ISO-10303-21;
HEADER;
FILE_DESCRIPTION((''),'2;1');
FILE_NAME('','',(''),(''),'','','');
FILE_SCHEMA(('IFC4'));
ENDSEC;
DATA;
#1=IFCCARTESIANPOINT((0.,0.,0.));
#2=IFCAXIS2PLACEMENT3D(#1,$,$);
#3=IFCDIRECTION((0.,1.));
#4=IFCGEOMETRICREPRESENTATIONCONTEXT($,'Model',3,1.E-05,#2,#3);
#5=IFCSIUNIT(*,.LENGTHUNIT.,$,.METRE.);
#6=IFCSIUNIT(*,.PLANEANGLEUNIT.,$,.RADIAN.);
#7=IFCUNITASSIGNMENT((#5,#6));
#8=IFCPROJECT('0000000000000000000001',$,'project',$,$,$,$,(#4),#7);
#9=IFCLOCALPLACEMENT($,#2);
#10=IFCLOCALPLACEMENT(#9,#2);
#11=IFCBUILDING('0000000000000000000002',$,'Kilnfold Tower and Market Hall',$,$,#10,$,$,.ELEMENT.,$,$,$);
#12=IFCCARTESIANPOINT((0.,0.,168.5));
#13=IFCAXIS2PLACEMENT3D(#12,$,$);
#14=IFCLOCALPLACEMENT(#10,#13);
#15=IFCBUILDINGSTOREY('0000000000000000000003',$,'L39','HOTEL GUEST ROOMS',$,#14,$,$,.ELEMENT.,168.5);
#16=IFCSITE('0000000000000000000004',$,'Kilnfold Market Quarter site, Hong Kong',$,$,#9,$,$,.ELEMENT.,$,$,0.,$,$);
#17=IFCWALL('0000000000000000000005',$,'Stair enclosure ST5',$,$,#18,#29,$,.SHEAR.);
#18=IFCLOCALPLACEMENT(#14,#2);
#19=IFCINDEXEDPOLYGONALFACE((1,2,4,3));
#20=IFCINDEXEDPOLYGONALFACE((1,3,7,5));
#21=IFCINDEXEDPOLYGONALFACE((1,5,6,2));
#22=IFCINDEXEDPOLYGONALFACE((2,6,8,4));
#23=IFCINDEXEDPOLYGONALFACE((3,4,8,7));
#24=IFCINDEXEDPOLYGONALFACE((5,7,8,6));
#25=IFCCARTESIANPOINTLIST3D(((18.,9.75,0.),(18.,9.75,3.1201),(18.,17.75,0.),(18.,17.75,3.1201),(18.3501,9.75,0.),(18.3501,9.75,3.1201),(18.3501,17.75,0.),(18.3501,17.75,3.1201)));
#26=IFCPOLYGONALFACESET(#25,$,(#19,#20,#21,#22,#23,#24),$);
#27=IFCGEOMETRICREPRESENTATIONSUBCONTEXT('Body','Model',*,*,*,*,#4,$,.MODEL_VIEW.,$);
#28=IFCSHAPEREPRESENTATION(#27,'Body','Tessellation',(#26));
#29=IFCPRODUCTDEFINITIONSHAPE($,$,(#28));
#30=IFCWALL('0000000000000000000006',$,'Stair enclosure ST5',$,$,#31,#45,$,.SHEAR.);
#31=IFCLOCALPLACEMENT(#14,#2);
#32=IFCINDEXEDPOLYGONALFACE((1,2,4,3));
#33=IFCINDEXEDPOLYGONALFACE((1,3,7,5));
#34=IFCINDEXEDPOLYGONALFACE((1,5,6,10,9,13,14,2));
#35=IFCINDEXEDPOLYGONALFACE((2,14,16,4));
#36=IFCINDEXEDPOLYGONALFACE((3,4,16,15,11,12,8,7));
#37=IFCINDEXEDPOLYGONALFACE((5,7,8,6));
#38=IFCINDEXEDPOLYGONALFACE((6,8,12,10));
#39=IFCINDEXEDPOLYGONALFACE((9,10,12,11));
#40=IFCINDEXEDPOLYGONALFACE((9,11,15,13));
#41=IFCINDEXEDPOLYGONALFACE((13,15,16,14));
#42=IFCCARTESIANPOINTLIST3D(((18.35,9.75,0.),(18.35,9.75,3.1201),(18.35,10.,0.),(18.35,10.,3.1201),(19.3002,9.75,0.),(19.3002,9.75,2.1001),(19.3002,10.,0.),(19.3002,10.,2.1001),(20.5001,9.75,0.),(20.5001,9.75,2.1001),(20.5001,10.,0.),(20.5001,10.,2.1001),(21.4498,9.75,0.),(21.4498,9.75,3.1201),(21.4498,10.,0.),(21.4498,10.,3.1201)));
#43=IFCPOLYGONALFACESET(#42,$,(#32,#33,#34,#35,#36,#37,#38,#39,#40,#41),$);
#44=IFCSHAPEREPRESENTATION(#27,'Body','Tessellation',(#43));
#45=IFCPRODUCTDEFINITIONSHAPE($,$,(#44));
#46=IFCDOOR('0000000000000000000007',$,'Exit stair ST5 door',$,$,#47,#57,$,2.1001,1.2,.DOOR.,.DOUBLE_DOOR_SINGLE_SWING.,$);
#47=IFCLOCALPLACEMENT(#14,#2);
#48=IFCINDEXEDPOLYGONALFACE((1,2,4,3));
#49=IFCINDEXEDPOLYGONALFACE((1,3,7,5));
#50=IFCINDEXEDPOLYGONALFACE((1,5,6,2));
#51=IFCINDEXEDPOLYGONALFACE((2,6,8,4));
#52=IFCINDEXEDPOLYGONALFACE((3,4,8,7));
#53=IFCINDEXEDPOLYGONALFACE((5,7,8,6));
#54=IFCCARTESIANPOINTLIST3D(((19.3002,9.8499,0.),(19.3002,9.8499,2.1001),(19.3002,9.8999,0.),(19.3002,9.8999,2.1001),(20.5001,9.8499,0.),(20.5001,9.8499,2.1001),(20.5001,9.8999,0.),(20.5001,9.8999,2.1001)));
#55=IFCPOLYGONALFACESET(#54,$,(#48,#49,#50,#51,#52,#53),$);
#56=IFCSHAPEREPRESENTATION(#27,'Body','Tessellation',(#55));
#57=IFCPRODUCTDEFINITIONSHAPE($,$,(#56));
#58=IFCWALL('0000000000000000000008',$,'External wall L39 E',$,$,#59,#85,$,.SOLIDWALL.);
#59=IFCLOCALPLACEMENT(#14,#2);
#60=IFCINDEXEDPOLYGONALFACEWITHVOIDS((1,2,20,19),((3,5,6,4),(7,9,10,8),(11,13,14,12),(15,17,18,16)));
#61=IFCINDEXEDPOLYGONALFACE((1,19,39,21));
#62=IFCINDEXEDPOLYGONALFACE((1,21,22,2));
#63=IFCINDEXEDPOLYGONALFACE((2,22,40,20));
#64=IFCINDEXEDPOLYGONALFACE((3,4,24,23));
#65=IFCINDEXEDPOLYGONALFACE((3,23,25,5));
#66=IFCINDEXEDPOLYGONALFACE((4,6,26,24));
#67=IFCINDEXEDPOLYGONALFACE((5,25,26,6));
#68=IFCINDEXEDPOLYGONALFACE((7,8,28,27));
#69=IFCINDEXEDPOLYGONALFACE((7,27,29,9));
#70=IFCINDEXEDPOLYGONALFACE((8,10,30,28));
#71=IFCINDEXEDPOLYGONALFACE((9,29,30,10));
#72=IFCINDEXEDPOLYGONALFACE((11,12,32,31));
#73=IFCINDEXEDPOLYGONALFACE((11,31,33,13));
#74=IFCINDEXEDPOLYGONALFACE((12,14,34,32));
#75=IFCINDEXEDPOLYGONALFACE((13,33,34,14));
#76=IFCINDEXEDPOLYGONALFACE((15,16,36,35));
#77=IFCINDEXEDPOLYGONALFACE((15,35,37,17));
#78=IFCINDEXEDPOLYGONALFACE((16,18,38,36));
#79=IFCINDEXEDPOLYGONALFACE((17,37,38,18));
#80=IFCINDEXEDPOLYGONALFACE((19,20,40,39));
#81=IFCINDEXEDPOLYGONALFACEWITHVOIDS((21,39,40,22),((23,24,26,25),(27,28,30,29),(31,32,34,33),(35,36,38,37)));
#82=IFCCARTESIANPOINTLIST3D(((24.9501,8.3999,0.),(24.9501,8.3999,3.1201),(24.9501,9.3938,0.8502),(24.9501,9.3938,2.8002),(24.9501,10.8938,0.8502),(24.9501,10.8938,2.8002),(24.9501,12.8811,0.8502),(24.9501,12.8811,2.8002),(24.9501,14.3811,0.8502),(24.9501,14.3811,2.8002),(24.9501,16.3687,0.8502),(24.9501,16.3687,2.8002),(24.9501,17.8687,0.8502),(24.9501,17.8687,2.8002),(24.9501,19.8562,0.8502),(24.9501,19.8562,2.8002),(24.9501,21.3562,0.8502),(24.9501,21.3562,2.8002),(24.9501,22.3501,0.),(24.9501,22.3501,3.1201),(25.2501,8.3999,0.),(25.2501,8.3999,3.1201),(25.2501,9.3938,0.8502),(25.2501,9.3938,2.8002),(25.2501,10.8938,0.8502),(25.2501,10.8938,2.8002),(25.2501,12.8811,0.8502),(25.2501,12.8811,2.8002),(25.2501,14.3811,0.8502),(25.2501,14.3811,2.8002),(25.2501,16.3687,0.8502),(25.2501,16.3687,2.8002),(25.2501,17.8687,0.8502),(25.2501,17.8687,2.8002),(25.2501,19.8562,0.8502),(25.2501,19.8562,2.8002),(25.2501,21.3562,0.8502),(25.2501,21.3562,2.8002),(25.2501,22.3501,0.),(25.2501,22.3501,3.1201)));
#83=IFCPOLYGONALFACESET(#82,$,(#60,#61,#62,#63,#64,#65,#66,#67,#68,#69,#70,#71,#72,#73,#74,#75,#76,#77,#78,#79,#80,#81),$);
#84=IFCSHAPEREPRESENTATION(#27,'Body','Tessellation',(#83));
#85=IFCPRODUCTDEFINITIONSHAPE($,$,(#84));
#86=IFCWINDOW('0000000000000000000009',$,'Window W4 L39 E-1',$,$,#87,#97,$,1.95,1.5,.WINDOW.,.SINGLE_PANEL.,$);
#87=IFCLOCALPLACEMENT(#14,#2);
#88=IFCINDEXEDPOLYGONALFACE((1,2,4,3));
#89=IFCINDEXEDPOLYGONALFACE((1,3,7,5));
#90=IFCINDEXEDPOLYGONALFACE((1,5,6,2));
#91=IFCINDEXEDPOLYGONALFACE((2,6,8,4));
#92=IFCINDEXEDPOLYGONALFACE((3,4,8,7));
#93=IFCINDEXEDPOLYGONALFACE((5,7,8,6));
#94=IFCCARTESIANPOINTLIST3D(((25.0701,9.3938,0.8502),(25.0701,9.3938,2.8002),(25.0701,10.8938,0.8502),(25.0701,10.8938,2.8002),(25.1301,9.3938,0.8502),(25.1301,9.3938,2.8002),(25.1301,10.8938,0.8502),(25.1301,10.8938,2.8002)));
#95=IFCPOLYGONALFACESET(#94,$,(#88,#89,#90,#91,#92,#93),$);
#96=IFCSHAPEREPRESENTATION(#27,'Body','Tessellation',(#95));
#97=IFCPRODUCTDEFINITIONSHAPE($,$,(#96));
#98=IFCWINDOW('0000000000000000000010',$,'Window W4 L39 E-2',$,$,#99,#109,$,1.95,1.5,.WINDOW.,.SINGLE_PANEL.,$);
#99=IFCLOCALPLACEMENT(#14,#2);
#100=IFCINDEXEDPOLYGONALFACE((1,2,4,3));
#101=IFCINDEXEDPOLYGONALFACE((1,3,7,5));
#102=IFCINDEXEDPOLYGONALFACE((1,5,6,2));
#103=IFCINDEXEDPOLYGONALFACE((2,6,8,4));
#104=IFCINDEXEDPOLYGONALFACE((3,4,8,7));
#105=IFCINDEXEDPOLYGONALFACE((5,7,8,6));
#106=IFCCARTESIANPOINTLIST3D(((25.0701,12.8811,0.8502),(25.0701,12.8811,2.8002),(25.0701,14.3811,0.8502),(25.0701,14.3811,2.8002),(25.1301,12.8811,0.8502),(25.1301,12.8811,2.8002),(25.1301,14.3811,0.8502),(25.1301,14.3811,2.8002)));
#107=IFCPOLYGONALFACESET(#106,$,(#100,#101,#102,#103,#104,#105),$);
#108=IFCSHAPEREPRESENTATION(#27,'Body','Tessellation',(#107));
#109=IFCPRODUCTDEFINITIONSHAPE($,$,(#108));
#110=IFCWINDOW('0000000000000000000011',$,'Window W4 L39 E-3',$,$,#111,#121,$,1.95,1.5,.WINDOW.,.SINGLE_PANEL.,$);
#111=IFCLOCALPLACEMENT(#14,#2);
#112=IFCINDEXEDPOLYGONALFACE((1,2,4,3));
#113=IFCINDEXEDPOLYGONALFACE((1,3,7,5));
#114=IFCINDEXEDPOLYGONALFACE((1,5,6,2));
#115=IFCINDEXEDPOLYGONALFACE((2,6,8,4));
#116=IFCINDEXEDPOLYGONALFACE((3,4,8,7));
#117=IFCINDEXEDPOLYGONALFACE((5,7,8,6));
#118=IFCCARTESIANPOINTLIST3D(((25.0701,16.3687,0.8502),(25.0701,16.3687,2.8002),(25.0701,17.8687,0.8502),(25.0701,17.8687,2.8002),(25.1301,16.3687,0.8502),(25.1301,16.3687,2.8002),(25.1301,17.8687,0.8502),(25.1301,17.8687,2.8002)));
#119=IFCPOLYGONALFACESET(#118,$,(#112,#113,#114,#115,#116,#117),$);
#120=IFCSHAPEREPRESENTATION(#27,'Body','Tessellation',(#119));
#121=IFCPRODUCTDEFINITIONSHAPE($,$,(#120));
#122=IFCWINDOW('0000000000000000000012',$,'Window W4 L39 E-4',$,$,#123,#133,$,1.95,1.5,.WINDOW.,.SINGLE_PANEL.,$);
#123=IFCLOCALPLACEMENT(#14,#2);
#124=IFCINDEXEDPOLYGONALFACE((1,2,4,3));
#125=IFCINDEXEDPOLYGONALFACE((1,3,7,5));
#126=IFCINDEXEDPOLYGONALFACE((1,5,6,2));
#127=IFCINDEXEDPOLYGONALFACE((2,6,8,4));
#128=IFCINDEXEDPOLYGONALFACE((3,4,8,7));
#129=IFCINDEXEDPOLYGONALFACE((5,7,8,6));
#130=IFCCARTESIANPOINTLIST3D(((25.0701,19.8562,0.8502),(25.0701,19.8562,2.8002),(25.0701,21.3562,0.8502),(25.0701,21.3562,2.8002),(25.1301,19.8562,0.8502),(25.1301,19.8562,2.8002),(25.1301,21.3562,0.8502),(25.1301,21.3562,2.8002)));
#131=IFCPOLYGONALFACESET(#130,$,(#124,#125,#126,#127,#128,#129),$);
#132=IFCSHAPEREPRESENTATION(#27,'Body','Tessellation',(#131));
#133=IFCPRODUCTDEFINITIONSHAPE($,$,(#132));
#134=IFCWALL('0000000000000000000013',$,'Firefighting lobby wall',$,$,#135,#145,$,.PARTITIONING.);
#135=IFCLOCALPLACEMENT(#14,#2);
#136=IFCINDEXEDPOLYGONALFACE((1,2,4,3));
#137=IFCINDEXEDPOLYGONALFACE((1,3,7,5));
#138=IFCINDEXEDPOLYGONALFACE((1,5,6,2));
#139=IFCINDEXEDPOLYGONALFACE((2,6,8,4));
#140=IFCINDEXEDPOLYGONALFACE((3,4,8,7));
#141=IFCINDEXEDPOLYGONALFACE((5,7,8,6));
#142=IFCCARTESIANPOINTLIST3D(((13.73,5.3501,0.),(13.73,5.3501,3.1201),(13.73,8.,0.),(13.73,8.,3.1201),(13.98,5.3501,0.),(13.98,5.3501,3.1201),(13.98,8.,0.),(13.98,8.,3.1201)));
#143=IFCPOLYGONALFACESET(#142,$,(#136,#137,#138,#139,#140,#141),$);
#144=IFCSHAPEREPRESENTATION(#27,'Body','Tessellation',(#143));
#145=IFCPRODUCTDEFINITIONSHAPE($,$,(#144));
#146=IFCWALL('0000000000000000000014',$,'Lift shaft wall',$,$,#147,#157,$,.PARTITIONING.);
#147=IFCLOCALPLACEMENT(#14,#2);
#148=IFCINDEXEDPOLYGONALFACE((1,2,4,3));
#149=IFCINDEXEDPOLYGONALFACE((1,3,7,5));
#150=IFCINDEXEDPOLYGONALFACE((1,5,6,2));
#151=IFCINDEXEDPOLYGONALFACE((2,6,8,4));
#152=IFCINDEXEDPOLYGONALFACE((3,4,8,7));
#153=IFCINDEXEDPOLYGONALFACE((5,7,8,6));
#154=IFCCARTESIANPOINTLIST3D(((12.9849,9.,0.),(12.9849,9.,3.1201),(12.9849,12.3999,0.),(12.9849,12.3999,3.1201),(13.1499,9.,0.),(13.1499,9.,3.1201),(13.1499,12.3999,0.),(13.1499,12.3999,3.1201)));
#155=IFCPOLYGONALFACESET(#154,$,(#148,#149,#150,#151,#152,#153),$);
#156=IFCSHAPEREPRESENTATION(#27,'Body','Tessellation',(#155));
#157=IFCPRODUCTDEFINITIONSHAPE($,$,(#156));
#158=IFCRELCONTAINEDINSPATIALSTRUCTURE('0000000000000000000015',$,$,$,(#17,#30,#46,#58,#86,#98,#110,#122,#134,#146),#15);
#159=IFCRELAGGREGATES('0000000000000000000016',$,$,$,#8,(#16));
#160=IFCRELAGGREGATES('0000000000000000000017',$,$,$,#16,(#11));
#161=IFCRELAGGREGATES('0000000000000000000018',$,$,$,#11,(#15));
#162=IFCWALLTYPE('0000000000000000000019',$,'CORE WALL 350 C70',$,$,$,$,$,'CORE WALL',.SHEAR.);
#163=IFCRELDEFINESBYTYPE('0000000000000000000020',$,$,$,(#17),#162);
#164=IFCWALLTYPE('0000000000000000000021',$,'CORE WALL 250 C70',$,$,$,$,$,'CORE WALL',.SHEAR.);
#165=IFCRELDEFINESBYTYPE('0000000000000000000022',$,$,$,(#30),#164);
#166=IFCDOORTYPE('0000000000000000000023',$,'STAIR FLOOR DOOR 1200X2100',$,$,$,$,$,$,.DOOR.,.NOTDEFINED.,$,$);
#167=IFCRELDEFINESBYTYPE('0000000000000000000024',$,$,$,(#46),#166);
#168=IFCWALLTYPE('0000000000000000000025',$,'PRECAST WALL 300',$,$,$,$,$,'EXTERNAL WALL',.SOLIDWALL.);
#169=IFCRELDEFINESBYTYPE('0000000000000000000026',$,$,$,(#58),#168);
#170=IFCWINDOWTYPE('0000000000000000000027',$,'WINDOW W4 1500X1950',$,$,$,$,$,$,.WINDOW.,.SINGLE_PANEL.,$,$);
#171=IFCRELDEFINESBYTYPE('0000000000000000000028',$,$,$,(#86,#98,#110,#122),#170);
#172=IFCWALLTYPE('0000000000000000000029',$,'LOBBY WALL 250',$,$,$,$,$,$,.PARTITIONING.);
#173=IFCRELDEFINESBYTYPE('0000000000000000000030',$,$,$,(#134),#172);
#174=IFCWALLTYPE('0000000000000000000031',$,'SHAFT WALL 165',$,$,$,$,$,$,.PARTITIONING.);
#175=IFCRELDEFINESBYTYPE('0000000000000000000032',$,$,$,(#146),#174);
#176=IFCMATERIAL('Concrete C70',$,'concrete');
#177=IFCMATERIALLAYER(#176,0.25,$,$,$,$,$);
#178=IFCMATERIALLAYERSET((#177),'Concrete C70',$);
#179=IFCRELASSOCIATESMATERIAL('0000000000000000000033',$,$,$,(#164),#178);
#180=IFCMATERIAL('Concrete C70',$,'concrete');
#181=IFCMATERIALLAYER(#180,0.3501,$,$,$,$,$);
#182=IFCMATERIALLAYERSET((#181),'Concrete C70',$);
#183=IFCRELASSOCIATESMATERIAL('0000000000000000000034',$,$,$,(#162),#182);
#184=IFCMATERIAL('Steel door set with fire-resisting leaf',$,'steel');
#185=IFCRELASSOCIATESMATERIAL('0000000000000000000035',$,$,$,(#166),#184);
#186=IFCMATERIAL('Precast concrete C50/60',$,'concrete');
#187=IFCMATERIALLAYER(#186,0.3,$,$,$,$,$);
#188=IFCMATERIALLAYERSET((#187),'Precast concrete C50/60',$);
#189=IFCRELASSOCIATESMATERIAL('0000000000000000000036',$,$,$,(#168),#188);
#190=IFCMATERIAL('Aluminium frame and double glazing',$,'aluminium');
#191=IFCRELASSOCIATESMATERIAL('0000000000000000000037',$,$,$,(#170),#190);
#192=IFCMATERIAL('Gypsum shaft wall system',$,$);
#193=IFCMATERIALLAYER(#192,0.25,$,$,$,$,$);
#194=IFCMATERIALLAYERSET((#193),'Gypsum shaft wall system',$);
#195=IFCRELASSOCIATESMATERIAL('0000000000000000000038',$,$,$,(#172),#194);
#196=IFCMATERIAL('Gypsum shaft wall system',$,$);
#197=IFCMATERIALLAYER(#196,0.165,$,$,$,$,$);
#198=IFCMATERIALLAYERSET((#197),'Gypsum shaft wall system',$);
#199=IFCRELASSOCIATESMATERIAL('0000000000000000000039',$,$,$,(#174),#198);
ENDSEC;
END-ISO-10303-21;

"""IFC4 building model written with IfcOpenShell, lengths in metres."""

from ifc_helpers import new_model, si_unit, direction, frame, frame_2d, origin, place, context, subcontext, project, spatial, rectangle, extrude, source, transform, mapped, material, layer, layer_set, type_object, element, fill, save


model = new_model("IFC4")

# Units and contexts
model_context = context("Model", 3, precision=1e-05, world=origin(), true_north=direction((0.0, 1.0)))
body_context = subcontext(model_context, "Body", "Model", "MODEL_VIEW")
ifc_project = project(units=[si_unit("LENGTHUNIT", "METRE"), si_unit("PLANEANGLEUNIT", "RADIAN")], contexts=[model_context])

# Site, building, storey
site_placement = place(None, origin())
site = spatial("IfcSite", under=ifc_project, at=site_placement, Name="Kilnfold Market Quarter site, Hong Kong", CompositionType="ELEMENT", RefElevation=0.0)
building_placement = place(site_placement, origin())
building = spatial("IfcBuilding", under=site, at=building_placement, Name="Kilnfold Tower and Market Hall", CompositionType="ELEMENT")
storey_placement = place(building_placement, frame((0.0, 0.0, 168.5)))
storey = spatial("IfcBuildingStorey", under=building, at=storey_placement, Name="L39", Description="HOTEL GUEST ROOMS", CompositionType="ELEMENT", Elevation=168.5)

# Wall
ifc_material_1 = material(Name="Concrete C70", Category="concrete")
ifc_layer_1 = layer(ifc_material_1, 0.25)
ifc_layer_set_1 = layer_set([ifc_layer_1], Name="Concrete C70")
wall_type_1 = type_object("IfcWallType", Name="CORE WALL 250 C70", ElementType="CORE WALL", PredefinedType="SHEAR", material=ifc_layer_set_1)
ifc_material_2 = material(Name="Concrete C70", Category="concrete")
ifc_layer_2 = layer(ifc_material_2, 0.3501)
ifc_layer_set_2 = layer_set([ifc_layer_2], Name="Concrete C70")
wall_type_2 = type_object("IfcWallType", Name="CORE WALL 350 C70", ElementType="CORE WALL", PredefinedType="SHEAR", material=ifc_layer_set_2)
shared_shape_1 = source(origin(), body_context, "Body", "SweptSolid", [
    extrude(rectangle(XDim=8.0, YDim=0.3501, at=frame_2d((4.0, 0.0))), origin(), (0.0, 0.0, 1.0), 3.1201),
])
wall_1_placement = place(storey_placement, frame((18.175, 9.75, 0.0), z_axis=(0.0, 0.0, 1.0), x_axis=(0.0, 1.0, 0.0)))
element("IfcWall", 1, at=wall_1_placement, inside=storey, type_object=wall_type_2, Name="Stair enclosure ST5", PredefinedType="SHEAR", context=body_context, shape_type="MappedRepresentation", body=[
    mapped(shared_shape_1, transform((0.0, 0.0, 0.0))),
])

# Wall, opening, door
shared_shape_2 = source(origin(), body_context, "Body", "SweptSolid", [
    extrude(rectangle(XDim=3.0999, YDim=0.25, at=frame_2d((1.5498, 0.0))), origin(), (0.0, 0.0, 1.0), 3.1201),
])
wall_2_placement = place(storey_placement, frame((18.3501, 9.875, 0.0), z_axis=(0.0, 0.0, 1.0), x_axis=(1.0, 0.0, 0.0)))
wall_2 = element("IfcWall", 2, at=wall_2_placement, inside=storey, type_object=wall_type_1, Name="Stair enclosure ST5", PredefinedType="SHEAR", context=body_context, shape_type="MappedRepresentation", body=[
    mapped(shared_shape_2, transform((0.0, 0.0, 0.0))),
])
opening_1_placement = place(wall_2_placement, frame((0.95, 0.0, 0.0)))
opening_1 = element("IfcOpeningElement", 3, at=opening_1_placement, cuts=wall_2, PredefinedType="OPENING", context=body_context, shape_type="SweptSolid", body=[
    extrude(rectangle(XDim=1.2, YDim=2.1001, at=frame_2d((0.6001, 1.05))), frame((0.0, 0.135, 0.0), z_axis=(0.0, -1.0, 0.0), x_axis=(1.0, 0.0, 0.0)), (0.0, 0.0, 1.0), 0.27),
])
ifc_material_3 = material(Name="Steel door set with fire-resisting leaf", Category="steel")
door_type_1 = type_object("IfcDoorType", Name="STAIR FLOOR DOOR 1200X2100", OperationType="NOTDEFINED", PredefinedType="DOOR", material=ifc_material_3)
door_1_placement = place(opening_1_placement, origin())
door_1 = element("IfcDoor", 4, at=door_1_placement, inside=storey, type_object=door_type_1, Name="Exit stair ST5 door", OperationType="DOUBLE_DOOR_SINGLE_SWING", OverallHeight=2.1001, OverallWidth=1.2, PredefinedType="DOOR", context=body_context, shape_type="SweptSolid", body=[
    extrude(rectangle(XDim=1.2, YDim=2.1001, at=frame_2d((0.6001, 1.05))), frame((0.0, 0.0249, 0.0), z_axis=(0.0, -1.0, 0.0), x_axis=(1.0, 0.0, 0.0)), (0.0, 0.0, 1.0), 0.05),
])
fill(opening_1, door_1)

# Wall, openings, windows
ifc_material_4 = material(Name="Precast concrete C50/60", Category="concrete")
ifc_layer_3 = layer(ifc_material_4, 0.3)
ifc_layer_set_3 = layer_set([ifc_layer_3], Name="Precast concrete C50/60")
wall_type_3 = type_object("IfcWallType", Name="PRECAST WALL 300", ElementType="EXTERNAL WALL", PredefinedType="SOLIDWALL", material=ifc_layer_set_3)
shared_shape_3 = source(origin(), body_context, "Body", "SweptSolid", [
    extrude(rectangle(XDim=13.9502, YDim=0.3, at=frame_2d((6.9751, 0.0))), origin(), (0.0, 0.0, 1.0), 3.1201),
])
wall_3_placement = place(storey_placement, frame((25.1001, 8.3999, 0.0), z_axis=(0.0, 0.0, 1.0), x_axis=(0.0, 1.0, 0.0)))
wall_3 = element("IfcWall", 5, at=wall_3_placement, inside=storey, type_object=wall_type_3, Name="External wall L39 E", PredefinedType="SOLIDWALL", context=body_context, shape_type="MappedRepresentation", body=[
    mapped(shared_shape_3, transform((0.0, 0.0, 0.0))),
])
opening_2_placement = place(wall_3_placement, frame((0.9939, 0.0, 0.8501)))
opening_2 = element("IfcOpeningElement", 6, at=opening_2_placement, cuts=wall_3, PredefinedType="OPENING", context=body_context, shape_type="SweptSolid", body=[
    extrude(rectangle(XDim=1.5, YDim=1.95, at=frame_2d((0.75, 0.9751))), frame((0.0, 0.1602, 0.0), z_axis=(0.0, -1.0, 0.0), x_axis=(1.0, 0.0, 0.0)), (0.0, 0.0, 1.0), 0.3201),
])
opening_3_placement = place(wall_3_placement, frame((4.4812, 0.0, 0.8501)))
opening_3 = element("IfcOpeningElement", 7, at=opening_3_placement, cuts=wall_3, PredefinedType="OPENING", context=body_context, shape_type="SweptSolid", body=[
    extrude(rectangle(XDim=1.5, YDim=1.95, at=frame_2d((0.75, 0.9751))), frame((0.0, 0.1602, 0.0), z_axis=(0.0, -1.0, 0.0), x_axis=(1.0, 0.0, 0.0)), (0.0, 0.0, 1.0), 0.3201),
])
opening_4_placement = place(wall_3_placement, frame((7.9688, 0.0, 0.8501)))
opening_4 = element("IfcOpeningElement", 8, at=opening_4_placement, cuts=wall_3, PredefinedType="OPENING", context=body_context, shape_type="SweptSolid", body=[
    extrude(rectangle(XDim=1.5, YDim=1.95, at=frame_2d((0.75, 0.9751))), frame((0.0, 0.1602, 0.0), z_axis=(0.0, -1.0, 0.0), x_axis=(1.0, 0.0, 0.0)), (0.0, 0.0, 1.0), 0.3201),
])
opening_5_placement = place(wall_3_placement, frame((11.4563, 0.0, 0.8501)))
opening_5 = element("IfcOpeningElement", 9, at=opening_5_placement, cuts=wall_3, PredefinedType="OPENING", context=body_context, shape_type="SweptSolid", body=[
    extrude(rectangle(XDim=1.5, YDim=1.95, at=frame_2d((0.75, 0.9751))), frame((0.0, 0.1602, 0.0), z_axis=(0.0, -1.0, 0.0), x_axis=(1.0, 0.0, 0.0)), (0.0, 0.0, 1.0), 0.3201),
])
ifc_material_5 = material(Name="Aluminium frame and double glazing", Category="aluminium")
window_type = type_object("IfcWindowType", Name="WINDOW W4 1500X1950", PartitioningType="SINGLE_PANEL", PredefinedType="WINDOW", material=ifc_material_5)
window_1_placement = place(opening_2_placement, origin())
window_1 = element("IfcWindow", 10, at=window_1_placement, inside=storey, type_object=window_type, Name="Window W4 L39 E-1", OverallHeight=1.95, OverallWidth=1.5, PartitioningType="SINGLE_PANEL", PredefinedType="WINDOW", context=body_context, shape_type="SweptSolid", body=[
    extrude(rectangle(XDim=1.5, YDim=1.95, at=frame_2d((0.75, 0.9751))), frame((0.0, 0.03, 0.0), z_axis=(0.0, -1.0, 0.0), x_axis=(1.0, 0.0, 0.0)), (0.0, 0.0, 1.0), 0.0601),
])
fill(opening_2, window_1)
window_2_placement = place(opening_3_placement, origin())
window_2 = element("IfcWindow", 11, at=window_2_placement, inside=storey, type_object=window_type, Name="Window W4 L39 E-2", OverallHeight=1.95, OverallWidth=1.5, PartitioningType="SINGLE_PANEL", PredefinedType="WINDOW", context=body_context, shape_type="SweptSolid", body=[
    extrude(rectangle(XDim=1.5, YDim=1.95, at=frame_2d((0.75, 0.9751))), frame((0.0, 0.03, 0.0), z_axis=(0.0, -1.0, 0.0), x_axis=(1.0, 0.0, 0.0)), (0.0, 0.0, 1.0), 0.0601),
])
fill(opening_3, window_2)
window_3_placement = place(opening_4_placement, origin())
window_3 = element("IfcWindow", 12, at=window_3_placement, inside=storey, type_object=window_type, Name="Window W4 L39 E-3", OverallHeight=1.95, OverallWidth=1.5, PartitioningType="SINGLE_PANEL", PredefinedType="WINDOW", context=body_context, shape_type="SweptSolid", body=[
    extrude(rectangle(XDim=1.5, YDim=1.95, at=frame_2d((0.75, 0.9751))), frame((0.0, 0.03, 0.0), z_axis=(0.0, -1.0, 0.0), x_axis=(1.0, 0.0, 0.0)), (0.0, 0.0, 1.0), 0.0601),
])
fill(opening_4, window_3)
window_4_placement = place(opening_5_placement, origin())
window_4 = element("IfcWindow", 13, at=window_4_placement, inside=storey, type_object=window_type, Name="Window W4 L39 E-4", OverallHeight=1.95, OverallWidth=1.5, PartitioningType="SINGLE_PANEL", PredefinedType="WINDOW", context=body_context, shape_type="SweptSolid", body=[
    extrude(rectangle(XDim=1.5, YDim=1.95, at=frame_2d((0.75, 0.9751))), frame((0.0, 0.03, 0.0), z_axis=(0.0, -1.0, 0.0), x_axis=(1.0, 0.0, 0.0)), (0.0, 0.0, 1.0), 0.0601),
])
fill(opening_5, window_4)

# Walls
ifc_material_6 = material(Name="Gypsum shaft wall system")
ifc_layer_4 = layer(ifc_material_6, 0.25)
ifc_layer_set_4 = layer_set([ifc_layer_4], Name="Gypsum shaft wall system")
wall_type_4 = type_object("IfcWallType", Name="LOBBY WALL 250", PredefinedType="PARTITIONING", material=ifc_layer_set_4)
shared_shape_4 = source(origin(), body_context, "Body", "SweptSolid", [
    extrude(rectangle(XDim=2.6499, YDim=0.25, at=frame_2d((1.325, 0.0))), origin(), (0.0, 0.0, 1.0), 3.1201),
])
wall_4_placement = place(storey_placement, frame((13.855, 5.3501, 0.0), z_axis=(0.0, 0.0, 1.0), x_axis=(0.0, 1.0, 0.0)))
element("IfcWall", 14, at=wall_4_placement, inside=storey, type_object=wall_type_4, Name="Firefighting lobby wall", PredefinedType="PARTITIONING", context=body_context, shape_type="MappedRepresentation", body=[
    mapped(shared_shape_4, transform((0.0, 0.0, 0.0))),
])
ifc_material_7 = material(Name="Gypsum shaft wall system")
ifc_layer_5 = layer(ifc_material_7, 0.165)
ifc_layer_set_5 = layer_set([ifc_layer_5], Name="Gypsum shaft wall system")
wall_type_5 = type_object("IfcWallType", Name="SHAFT WALL 165", PredefinedType="PARTITIONING", material=ifc_layer_set_5)
shared_shape_5 = source(origin(), body_context, "Body", "SweptSolid", [
    extrude(rectangle(XDim=3.3999, YDim=0.165, at=frame_2d((1.7, 0.0))), origin(), (0.0, 0.0, 1.0), 3.1201),
])
wall_5_placement = place(storey_placement, frame((13.0674, 9.0, 0.0), z_axis=(0.0, 0.0, 1.0), x_axis=(0.0, 1.0, 0.0)))
element("IfcWall", 15, at=wall_5_placement, inside=storey, type_object=wall_type_5, Name="Lift shaft wall", PredefinedType="PARTITIONING", context=body_context, shape_type="MappedRepresentation", body=[
    mapped(shared_shape_5, transform((0.0, 0.0, 0.0))),
])

save(model, "model.ifc")
